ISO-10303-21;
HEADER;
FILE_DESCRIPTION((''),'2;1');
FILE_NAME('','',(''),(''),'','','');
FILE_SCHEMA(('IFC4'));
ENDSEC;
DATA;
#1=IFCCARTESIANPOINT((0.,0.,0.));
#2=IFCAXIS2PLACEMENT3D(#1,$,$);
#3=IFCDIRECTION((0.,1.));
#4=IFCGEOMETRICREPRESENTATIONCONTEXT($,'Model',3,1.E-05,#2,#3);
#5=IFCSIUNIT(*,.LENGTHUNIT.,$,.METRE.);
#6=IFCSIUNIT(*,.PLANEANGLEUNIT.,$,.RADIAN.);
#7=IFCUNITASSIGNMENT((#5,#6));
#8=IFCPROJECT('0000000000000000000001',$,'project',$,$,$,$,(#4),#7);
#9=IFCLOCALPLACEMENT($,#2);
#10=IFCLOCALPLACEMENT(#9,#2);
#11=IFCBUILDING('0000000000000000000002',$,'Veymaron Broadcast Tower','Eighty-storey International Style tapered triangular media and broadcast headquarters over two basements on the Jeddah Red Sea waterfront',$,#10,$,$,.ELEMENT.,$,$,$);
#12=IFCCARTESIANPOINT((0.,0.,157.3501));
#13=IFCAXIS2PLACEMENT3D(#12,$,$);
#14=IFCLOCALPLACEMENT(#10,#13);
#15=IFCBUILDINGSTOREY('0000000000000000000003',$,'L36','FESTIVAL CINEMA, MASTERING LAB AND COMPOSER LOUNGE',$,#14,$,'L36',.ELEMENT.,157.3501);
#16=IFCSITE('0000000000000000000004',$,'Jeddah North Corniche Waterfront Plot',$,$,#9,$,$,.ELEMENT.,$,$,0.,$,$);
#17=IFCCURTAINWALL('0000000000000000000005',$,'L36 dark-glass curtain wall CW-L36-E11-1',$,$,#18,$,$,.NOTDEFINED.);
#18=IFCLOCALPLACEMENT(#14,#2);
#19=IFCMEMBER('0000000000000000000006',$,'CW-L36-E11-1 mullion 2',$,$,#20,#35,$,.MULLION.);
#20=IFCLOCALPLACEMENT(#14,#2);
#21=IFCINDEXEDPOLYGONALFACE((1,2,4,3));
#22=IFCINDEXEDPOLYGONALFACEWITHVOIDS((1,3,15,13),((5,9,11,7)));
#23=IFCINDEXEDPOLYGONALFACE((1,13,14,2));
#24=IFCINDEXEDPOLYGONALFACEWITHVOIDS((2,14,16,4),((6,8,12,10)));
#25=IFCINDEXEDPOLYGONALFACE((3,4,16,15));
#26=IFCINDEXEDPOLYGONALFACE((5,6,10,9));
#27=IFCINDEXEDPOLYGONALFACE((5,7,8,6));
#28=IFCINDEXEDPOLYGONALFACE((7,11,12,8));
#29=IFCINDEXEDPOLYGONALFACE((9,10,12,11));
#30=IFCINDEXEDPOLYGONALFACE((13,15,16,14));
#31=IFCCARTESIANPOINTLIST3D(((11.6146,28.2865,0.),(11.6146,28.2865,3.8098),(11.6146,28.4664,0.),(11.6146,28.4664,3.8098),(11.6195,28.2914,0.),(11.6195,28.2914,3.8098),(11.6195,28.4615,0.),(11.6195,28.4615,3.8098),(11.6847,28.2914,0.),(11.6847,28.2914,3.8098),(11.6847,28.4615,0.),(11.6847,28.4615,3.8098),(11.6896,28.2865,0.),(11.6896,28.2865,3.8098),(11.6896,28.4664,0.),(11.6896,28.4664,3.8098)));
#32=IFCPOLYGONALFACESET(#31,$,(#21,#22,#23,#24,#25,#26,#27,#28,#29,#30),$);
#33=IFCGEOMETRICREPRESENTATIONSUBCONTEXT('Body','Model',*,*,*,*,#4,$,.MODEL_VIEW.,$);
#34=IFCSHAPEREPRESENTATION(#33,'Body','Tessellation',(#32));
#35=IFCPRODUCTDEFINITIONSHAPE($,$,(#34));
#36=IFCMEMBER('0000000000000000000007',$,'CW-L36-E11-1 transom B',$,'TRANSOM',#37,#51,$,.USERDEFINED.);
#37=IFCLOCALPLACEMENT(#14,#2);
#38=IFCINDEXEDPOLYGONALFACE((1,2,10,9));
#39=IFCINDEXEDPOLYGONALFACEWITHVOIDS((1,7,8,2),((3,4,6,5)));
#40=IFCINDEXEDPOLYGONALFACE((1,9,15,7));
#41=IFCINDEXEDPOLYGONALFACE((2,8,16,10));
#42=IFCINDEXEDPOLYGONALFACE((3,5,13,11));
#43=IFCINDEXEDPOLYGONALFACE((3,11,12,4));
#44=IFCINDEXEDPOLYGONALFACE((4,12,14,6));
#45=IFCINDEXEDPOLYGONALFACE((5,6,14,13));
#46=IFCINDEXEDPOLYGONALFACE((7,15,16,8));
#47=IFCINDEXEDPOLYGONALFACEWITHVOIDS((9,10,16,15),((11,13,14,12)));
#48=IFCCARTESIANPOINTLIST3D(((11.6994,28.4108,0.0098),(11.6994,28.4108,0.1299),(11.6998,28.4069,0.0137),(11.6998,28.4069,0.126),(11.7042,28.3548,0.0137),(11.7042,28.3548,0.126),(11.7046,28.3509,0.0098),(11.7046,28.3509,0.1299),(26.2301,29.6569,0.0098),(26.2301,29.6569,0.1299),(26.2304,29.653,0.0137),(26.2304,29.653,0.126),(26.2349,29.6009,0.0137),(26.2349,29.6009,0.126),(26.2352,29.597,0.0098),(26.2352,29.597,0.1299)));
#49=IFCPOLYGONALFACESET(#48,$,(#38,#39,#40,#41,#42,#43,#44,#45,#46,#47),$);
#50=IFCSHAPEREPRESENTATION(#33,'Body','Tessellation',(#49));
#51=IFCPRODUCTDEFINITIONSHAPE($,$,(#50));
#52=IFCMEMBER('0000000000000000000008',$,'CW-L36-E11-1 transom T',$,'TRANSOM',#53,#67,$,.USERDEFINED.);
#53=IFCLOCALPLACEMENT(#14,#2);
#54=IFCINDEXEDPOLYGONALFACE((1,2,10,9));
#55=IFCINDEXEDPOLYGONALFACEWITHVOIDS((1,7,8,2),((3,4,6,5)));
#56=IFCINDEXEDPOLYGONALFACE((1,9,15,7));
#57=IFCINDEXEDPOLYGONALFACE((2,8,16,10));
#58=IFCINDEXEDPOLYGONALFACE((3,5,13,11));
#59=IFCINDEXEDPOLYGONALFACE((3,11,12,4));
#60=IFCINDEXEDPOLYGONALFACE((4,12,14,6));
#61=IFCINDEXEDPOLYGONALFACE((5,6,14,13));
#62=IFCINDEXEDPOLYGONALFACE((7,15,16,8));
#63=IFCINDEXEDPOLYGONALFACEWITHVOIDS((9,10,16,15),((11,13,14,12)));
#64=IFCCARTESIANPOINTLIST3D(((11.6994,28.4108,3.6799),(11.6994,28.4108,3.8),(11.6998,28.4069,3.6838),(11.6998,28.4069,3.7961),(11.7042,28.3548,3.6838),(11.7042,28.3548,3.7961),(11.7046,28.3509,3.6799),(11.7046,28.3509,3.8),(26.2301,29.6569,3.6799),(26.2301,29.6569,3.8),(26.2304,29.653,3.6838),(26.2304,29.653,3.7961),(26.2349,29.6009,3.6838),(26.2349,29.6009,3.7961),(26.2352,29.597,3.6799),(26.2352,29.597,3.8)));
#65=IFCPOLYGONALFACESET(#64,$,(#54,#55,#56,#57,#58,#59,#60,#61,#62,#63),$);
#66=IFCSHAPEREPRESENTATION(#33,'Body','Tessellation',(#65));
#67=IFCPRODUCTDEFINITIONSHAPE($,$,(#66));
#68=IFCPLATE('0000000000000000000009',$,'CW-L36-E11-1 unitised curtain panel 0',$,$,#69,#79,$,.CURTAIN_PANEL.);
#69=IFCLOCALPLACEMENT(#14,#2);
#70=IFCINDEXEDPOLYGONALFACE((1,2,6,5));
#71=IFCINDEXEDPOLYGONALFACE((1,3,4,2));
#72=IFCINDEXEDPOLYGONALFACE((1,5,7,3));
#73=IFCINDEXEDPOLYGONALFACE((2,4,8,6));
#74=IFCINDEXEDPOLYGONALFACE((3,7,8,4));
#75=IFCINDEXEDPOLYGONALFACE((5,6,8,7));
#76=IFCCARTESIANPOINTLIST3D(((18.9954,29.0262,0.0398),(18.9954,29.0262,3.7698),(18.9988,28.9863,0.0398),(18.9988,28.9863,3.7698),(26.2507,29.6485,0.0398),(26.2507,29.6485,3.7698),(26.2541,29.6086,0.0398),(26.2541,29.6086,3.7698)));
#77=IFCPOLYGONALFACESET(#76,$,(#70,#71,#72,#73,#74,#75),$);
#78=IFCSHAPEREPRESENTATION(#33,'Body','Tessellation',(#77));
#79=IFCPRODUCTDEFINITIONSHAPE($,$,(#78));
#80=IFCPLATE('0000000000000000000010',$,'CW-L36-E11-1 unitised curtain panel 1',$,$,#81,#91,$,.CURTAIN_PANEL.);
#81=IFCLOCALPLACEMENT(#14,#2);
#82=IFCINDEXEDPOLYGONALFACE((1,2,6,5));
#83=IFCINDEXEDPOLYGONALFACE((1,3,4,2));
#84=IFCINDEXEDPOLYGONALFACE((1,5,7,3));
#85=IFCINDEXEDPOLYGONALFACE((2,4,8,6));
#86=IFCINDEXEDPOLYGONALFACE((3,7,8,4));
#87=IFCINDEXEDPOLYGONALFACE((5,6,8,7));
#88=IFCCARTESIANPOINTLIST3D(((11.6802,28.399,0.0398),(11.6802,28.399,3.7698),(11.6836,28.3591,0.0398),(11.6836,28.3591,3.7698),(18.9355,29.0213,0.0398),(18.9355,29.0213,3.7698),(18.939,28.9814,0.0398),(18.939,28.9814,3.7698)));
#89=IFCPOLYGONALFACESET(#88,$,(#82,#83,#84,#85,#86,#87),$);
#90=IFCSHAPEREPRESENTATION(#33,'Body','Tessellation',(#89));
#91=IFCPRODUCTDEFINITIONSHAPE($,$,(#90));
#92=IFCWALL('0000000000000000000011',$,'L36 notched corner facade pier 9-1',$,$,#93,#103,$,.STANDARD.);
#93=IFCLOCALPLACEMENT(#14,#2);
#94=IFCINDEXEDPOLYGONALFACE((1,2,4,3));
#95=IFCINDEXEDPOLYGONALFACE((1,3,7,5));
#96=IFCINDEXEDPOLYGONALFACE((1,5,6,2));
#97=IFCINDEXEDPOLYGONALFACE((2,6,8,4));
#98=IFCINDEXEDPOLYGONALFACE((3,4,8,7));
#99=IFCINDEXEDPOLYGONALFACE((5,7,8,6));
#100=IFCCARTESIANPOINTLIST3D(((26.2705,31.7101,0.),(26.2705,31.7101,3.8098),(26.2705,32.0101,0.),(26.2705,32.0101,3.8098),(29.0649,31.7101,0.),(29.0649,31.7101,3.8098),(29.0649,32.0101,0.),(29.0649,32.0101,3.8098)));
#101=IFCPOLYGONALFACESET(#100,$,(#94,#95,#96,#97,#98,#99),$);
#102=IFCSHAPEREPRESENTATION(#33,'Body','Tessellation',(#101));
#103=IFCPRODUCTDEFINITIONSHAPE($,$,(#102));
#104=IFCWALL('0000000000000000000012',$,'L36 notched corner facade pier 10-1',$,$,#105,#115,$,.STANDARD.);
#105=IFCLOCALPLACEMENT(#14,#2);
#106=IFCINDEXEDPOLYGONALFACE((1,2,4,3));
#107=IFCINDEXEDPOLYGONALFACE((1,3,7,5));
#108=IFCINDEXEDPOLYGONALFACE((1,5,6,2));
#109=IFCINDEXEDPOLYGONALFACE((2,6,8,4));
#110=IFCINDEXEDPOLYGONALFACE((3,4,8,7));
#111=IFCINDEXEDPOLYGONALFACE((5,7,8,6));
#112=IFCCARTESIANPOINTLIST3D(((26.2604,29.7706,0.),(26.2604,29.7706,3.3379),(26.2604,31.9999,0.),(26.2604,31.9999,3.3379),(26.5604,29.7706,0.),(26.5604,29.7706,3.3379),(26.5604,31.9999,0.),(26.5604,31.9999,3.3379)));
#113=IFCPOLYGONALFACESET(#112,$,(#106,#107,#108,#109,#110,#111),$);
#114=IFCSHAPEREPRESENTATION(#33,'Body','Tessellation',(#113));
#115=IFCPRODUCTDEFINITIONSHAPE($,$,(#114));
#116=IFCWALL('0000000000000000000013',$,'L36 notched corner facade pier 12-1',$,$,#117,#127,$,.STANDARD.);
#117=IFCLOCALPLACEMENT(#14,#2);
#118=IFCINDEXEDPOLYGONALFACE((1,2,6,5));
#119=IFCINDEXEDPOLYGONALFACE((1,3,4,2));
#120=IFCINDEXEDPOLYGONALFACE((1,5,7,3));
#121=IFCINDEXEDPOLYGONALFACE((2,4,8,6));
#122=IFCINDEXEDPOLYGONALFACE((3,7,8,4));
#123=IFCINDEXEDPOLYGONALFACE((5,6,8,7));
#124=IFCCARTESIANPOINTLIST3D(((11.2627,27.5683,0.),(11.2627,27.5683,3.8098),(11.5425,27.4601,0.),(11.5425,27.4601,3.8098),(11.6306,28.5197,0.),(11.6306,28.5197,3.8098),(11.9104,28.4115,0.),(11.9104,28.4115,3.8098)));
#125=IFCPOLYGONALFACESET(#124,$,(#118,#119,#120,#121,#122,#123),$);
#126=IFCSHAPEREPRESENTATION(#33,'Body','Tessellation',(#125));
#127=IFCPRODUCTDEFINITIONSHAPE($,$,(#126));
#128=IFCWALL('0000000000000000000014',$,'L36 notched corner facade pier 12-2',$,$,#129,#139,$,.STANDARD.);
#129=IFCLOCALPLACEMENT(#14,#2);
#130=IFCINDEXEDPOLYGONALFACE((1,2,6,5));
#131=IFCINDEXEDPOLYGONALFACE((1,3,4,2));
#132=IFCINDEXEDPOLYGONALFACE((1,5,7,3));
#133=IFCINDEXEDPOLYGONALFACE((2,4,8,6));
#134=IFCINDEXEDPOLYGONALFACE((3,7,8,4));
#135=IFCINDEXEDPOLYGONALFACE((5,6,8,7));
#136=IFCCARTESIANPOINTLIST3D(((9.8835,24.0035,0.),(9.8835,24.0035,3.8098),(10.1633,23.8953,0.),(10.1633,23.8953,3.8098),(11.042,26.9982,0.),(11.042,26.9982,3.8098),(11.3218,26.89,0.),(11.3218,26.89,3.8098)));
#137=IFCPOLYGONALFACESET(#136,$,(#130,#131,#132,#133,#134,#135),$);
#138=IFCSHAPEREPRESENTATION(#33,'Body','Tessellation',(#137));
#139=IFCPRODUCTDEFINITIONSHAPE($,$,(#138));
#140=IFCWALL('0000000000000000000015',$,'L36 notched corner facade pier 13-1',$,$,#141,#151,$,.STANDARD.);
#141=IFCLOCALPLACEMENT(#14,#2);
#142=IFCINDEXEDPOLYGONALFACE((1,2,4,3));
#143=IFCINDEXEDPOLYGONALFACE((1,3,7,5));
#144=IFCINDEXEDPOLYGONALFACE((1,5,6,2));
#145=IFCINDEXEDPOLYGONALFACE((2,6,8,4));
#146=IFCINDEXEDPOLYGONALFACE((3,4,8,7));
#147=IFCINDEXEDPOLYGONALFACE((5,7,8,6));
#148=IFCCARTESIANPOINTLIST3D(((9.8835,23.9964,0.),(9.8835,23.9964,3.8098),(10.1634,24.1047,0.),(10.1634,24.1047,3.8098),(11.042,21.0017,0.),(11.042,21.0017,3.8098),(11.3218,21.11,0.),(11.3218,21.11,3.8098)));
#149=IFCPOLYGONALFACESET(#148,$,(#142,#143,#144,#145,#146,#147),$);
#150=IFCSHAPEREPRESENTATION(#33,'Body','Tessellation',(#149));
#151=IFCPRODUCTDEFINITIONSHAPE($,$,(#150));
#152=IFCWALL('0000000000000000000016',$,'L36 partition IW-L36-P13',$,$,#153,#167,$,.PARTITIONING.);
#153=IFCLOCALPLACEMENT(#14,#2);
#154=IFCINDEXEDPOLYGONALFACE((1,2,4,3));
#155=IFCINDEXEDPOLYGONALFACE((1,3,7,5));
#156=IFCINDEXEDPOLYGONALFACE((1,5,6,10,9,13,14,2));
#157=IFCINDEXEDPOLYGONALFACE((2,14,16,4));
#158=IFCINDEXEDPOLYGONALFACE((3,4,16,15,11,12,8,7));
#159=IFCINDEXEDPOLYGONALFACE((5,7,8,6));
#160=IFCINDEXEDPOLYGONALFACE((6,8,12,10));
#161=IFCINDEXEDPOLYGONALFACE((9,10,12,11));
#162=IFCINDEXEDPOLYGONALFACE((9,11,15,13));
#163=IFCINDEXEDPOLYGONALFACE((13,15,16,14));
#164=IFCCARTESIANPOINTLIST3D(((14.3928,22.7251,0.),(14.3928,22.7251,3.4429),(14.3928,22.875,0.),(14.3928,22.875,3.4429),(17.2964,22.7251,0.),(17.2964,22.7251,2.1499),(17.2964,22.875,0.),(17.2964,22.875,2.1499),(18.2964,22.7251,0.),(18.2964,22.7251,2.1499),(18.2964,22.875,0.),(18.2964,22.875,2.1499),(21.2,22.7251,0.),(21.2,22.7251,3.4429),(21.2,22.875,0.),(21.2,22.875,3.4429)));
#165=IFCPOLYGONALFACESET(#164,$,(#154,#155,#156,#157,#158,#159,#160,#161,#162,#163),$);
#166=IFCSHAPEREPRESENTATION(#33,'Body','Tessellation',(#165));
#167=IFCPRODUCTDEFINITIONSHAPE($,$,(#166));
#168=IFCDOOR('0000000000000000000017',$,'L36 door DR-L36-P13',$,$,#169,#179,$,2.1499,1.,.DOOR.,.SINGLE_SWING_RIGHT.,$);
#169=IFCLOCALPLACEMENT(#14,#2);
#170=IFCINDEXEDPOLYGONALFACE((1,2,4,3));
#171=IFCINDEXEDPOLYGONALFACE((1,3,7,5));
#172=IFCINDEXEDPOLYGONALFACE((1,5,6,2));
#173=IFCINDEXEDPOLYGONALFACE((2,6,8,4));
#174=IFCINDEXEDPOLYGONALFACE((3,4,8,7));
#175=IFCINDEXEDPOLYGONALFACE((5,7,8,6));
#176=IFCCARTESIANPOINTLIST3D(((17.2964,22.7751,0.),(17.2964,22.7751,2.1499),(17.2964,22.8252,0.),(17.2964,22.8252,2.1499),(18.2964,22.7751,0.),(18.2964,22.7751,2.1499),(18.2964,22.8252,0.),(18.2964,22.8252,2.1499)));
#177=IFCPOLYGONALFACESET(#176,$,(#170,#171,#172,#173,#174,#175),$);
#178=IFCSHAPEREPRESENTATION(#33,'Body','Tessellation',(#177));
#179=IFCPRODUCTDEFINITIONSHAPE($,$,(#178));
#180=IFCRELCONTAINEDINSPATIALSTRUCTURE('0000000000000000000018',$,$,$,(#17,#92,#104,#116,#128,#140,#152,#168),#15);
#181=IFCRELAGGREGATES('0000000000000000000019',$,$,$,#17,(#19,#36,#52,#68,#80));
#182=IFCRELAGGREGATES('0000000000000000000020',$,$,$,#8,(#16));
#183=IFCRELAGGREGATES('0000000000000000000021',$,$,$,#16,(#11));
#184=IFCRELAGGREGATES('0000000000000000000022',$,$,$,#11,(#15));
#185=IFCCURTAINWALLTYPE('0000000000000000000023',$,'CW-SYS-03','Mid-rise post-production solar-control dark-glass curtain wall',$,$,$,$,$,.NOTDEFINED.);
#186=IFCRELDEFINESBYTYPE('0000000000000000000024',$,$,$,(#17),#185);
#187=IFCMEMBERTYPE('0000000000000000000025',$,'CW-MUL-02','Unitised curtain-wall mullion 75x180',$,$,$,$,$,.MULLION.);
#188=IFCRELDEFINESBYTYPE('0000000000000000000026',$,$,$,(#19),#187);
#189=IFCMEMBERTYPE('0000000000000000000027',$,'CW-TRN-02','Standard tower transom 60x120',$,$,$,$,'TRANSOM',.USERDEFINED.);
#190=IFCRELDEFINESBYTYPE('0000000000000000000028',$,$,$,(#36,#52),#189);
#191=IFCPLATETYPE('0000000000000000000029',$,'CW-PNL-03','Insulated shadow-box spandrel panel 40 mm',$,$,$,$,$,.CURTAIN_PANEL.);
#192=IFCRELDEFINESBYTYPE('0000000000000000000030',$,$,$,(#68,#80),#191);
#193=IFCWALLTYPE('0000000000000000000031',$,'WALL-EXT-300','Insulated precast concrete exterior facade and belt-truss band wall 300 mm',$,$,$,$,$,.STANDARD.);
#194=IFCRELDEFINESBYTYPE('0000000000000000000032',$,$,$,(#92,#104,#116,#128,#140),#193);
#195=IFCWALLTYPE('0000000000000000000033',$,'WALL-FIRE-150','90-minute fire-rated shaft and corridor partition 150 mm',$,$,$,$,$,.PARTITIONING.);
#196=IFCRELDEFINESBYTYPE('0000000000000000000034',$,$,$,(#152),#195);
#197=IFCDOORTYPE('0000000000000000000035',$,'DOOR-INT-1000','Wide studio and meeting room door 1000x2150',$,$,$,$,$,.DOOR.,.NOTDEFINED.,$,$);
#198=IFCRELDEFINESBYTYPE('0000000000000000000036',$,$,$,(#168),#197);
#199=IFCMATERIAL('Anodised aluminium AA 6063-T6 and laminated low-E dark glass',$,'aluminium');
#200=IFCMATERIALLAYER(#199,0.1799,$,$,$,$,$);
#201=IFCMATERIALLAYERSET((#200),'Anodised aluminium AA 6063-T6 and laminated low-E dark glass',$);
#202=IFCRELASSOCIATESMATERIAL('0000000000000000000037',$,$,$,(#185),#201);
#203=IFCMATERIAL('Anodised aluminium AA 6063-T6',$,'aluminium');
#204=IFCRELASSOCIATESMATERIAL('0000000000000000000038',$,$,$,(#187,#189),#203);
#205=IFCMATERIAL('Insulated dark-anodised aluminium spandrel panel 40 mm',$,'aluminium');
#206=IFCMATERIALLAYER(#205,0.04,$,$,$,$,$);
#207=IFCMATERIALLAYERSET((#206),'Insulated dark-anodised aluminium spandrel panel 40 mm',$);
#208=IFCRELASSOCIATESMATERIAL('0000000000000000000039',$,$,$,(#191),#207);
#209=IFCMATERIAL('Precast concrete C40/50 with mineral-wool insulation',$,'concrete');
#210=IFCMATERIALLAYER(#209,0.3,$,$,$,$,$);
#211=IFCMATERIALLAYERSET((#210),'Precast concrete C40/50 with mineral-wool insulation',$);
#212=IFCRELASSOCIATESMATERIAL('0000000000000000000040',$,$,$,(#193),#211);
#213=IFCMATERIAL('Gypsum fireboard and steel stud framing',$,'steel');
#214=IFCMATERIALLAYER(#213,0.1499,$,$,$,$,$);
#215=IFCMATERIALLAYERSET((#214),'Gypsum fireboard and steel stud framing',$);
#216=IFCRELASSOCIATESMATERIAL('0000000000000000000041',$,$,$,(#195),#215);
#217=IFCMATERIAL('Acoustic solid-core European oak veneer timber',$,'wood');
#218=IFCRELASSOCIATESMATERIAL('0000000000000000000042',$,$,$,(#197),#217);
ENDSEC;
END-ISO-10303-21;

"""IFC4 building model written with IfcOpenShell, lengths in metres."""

from ifc_helpers import new_model, si_unit, direction, frame, frame_2d, origin, origin_2d, place, context, subcontext, project, spatial, rectangle, hollow_rectangle, extrude, material, layer, layer_set, material_profile, profile_set, type_object, element, fill, aggregate, save


model = new_model("IFC4")

# Units and contexts
model_context = context("Model", 3, precision=1e-05, world=origin(), true_north=direction((0.0, 1.0)))
body_context = subcontext(model_context, "Body", "Model", "MODEL_VIEW")
ifc_project = project(units=[si_unit("LENGTHUNIT", "METRE"), si_unit("PLANEANGLEUNIT", "RADIAN")], contexts=[model_context])

# Site, building, storey
site_placement = place(None, origin())
site = spatial("IfcSite", under=ifc_project, at=site_placement, Name="Jeddah North Corniche Waterfront Plot", CompositionType="ELEMENT", RefElevation=0.0)
building_placement = place(site_placement, origin())
building = spatial("IfcBuilding", under=site, at=building_placement, Name="Veymaron Broadcast Tower", Description="Eighty-storey International Style tapered triangular media and broadcast headquarters over two basements on the Jeddah Red Sea waterfront", CompositionType="ELEMENT")
storey_placement = place(building_placement, frame((0.0, 0.0, 157.3501)))
storey = spatial("IfcBuildingStorey", under=building, at=storey_placement, Name="L36", Description="FESTIVAL CINEMA, MASTERING LAB AND COMPOSER LOUNGE", LongName="L36", CompositionType="ELEMENT", Elevation=157.3501)

# Curtain wall, members, plates
ifc_material_1 = material(Name="Anodised aluminium AA 6063-T6 and laminated low-E dark glass", Category="aluminium")
ifc_layer_1 = layer(ifc_material_1, 0.1799)
ifc_layer_set_1 = layer_set([ifc_layer_1], Name="Anodised aluminium AA 6063-T6 and laminated low-E dark glass")
curtain_wall_type = type_object("IfcCurtainWallType", Name="CW-SYS-03", Description="Mid-rise post-production solar-control dark-glass curtain wall", PredefinedType="NOTDEFINED", material=ifc_layer_set_1)
curtain_wall_placement = place(storey_placement, origin())
curtain_wall = element("IfcCurtainWall", 1, at=curtain_wall_placement, inside=storey, type_object=curtain_wall_type, Name="L36 dark-glass curtain wall CW-L36-E11-1", PredefinedType="NOTDEFINED")
ifc_material_2 = material(Name="Anodised aluminium AA 6063-T6", Category="aluminium")
ifc_material_profile_1 = material_profile(ifc_material_2, hollow_rectangle(XDim=0.075, YDim=0.1799, WallThickness=0.0049, at=origin_2d()), Name="AL180X75X5")
ifc_profile_set_1 = profile_set([ifc_material_profile_1], Name="Anodised aluminium AA 6063-T6")
member_type_1 = type_object("IfcMemberType", Name="CW-MUL-02", Description="Unitised curtain-wall mullion 75x180", PredefinedType="MULLION", material=ifc_profile_set_1)
member_1_placement = place(storey_placement, frame((11.6521, 28.3765, 0.0), z_axis=(0.0, 0.0, 1.0), x_axis=(1.0, 0.0, 0.0)))
member_1 = element("IfcMember", 2, at=member_1_placement, type_object=member_type_1, Name="CW-L36-E11-1 mullion 2", PredefinedType="MULLION", context=body_context, shape_type="SweptSolid", body=[
    extrude(hollow_rectangle(XDim=0.075, YDim=0.1799, WallThickness=0.0049, at=origin_2d()), origin(), (0.0, 0.0, 1.0), 3.8098),
])
ifc_material_profile_2 = material_profile(ifc_material_2, hollow_rectangle(XDim=0.0601, YDim=0.1201, WallThickness=0.0039, at=origin_2d()), Name="AL120X60X4")
ifc_profile_set_2 = profile_set([ifc_material_profile_2], Name="Anodised aluminium AA 6063-T6")
member_type_2 = type_object("IfcMemberType", Name="CW-TRN-02", Description="Standard tower transom 60x120", ElementType="TRANSOM", PredefinedType="USERDEFINED", material=ifc_profile_set_2)
member_2_placement = place(storey_placement, frame((26.2327, 29.627, 0.0698), z_axis=(-0.996343, -0.085442, 0.0), x_axis=(0.085442, -0.996343, 0.0)))
member_2 = element("IfcMember", 3, at=member_2_placement, type_object=member_type_2, Name="CW-L36-E11-1 transom B", ObjectType="TRANSOM", PredefinedType="USERDEFINED", context=body_context, shape_type="SweptSolid", body=[
    extrude(hollow_rectangle(XDim=0.0601, YDim=0.1201, WallThickness=0.0039, at=origin_2d()), origin(), (0.0, 0.0, 1.0), 14.584),
])
member_3_placement = place(storey_placement, frame((26.2327, 29.627, 3.74), z_axis=(-0.996343, -0.085442, 0.0), x_axis=(0.085442, -0.996343, 0.0)))
member_3 = element("IfcMember", 4, at=member_3_placement, type_object=member_type_2, Name="CW-L36-E11-1 transom T", ObjectType="TRANSOM", PredefinedType="USERDEFINED", context=body_context, shape_type="SweptSolid", body=[
    extrude(hollow_rectangle(XDim=0.0601, YDim=0.1201, WallThickness=0.0039, at=origin_2d()), origin(), (0.0, 0.0, 1.0), 14.584),
])
ifc_material_3 = material(Name="Insulated dark-anodised aluminium spandrel panel 40 mm", Category="aluminium")
ifc_layer_2 = layer(ifc_material_3, 0.04)
ifc_layer_set_2 = layer_set([ifc_layer_2], Name="Insulated dark-anodised aluminium spandrel panel 40 mm")
plate_type = type_object("IfcPlateType", Name="CW-PNL-03", Description="Insulated shadow-box spandrel panel 40 mm", PredefinedType="CURTAIN_PANEL", material=ifc_layer_set_2)
plate_1_placement = place(storey_placement, frame((22.6248, 29.3174, 0.0398), z_axis=(0.0, 0.0, 1.0), x_axis=(-0.996342, -0.085452, 0.0)))
plate_1 = element("IfcPlate", 5, at=plate_1_placement, type_object=plate_type, Name="CW-L36-E11-1 unitised curtain panel 0", PredefinedType="CURTAIN_PANEL", context=body_context, shape_type="SweptSolid", body=[
    extrude(rectangle(XDim=7.282, YDim=0.04, at=origin_2d()), origin(), (0.0, 0.0, 1.0), 3.73),
])
plate_2_placement = place(storey_placement, frame((15.3096, 28.6902, 0.0398), z_axis=(0.0, 0.0, 1.0), x_axis=(-0.996342, -0.085452, 0.0)))
plate_2 = element("IfcPlate", 6, at=plate_2_placement, type_object=plate_type, Name="CW-L36-E11-1 unitised curtain panel 1", PredefinedType="CURTAIN_PANEL", context=body_context, shape_type="SweptSolid", body=[
    extrude(rectangle(XDim=7.282, YDim=0.04, at=origin_2d()), origin(), (0.0, 0.0, 1.0), 3.73),
])
aggregate(curtain_wall, [member_1, member_2, member_3, plate_1, plate_2])

# Walls
ifc_material_4 = material(Name="Precast concrete C40/50 with mineral-wool insulation", Category="concrete")
ifc_layer_3 = layer(ifc_material_4, 0.3)
ifc_layer_set_3 = layer_set([ifc_layer_3], Name="Precast concrete C40/50 with mineral-wool insulation")
wall_type_1 = type_object("IfcWallType", Name="WALL-EXT-300", Description="Insulated precast concrete exterior facade and belt-truss band wall 300 mm", PredefinedType="STANDARD", material=ifc_layer_set_3)
wall_1_placement = place(storey_placement, frame((29.0649, 31.8601, 0.0), z_axis=(0.0, 0.0, 1.0), x_axis=(-1.0, 0.0, 0.0)))
element("IfcWall", 7, at=wall_1_placement, inside=storey, type_object=wall_type_1, Name="L36 notched corner facade pier 9-1", PredefinedType="STANDARD", context=body_context, shape_type="SweptSolid", body=[
    extrude(rectangle(XDim=2.7944, YDim=0.3, at=frame_2d((1.3972, 0.0))), origin(), (0.0, 0.0, 1.0), 3.8098),
])
wall_2_placement = place(storey_placement, frame((26.4104, 32.0, 0.0), z_axis=(0.0, 0.0, 1.0), x_axis=(0.0, -1.0, 0.0)))
element("IfcWall", 8, at=wall_2_placement, inside=storey, type_object=wall_type_1, Name="L36 notched corner facade pier 10-1", PredefinedType="STANDARD", context=body_context, shape_type="SweptSolid", body=[
    extrude(rectangle(XDim=2.2292, YDim=0.3, at=frame_2d((1.1147, 0.0))), origin(), (0.0, 0.0, 1.0), 3.3379),
])
wall_3_placement = place(storey_placement, frame((11.7705, 28.4656, 0.0), z_axis=(0.0, 0.0, 1.0), x_axis=(-0.360679, -0.93269, 0.0)))
element("IfcWall", 9, at=wall_3_placement, inside=storey, type_object=wall_type_1, Name="L36 notched corner facade pier 12-1", PredefinedType="STANDARD", context=body_context, shape_type="SweptSolid", body=[
    extrude(rectangle(XDim=1.02, YDim=0.3, at=frame_2d((0.51, 0.0))), origin(), (0.0, 0.0, 1.0), 3.8098),
])
for number, where, z_axis, x_axis, name in (
    (10, (11.1819, 26.9441, 0.0), (0.0, 0.0, 1.0), (-0.360787, -0.932648, 0.0), "L36 notched corner facade pier 12-2"),
    (11, (10.0234, 24.0505, 0.0), (0.0, 0.0, 1.0), (0.360787, -0.932648, 0.0), "L36 notched corner facade pier 13-1"),
):
    element("IfcWall", number, at=place(storey_placement, frame(where, z_axis=z_axis, x_axis=x_axis)), inside=storey, type_object=wall_type_1, Name=name, PredefinedType="STANDARD", context=body_context, shape_type="SweptSolid", body=[
        extrude(rectangle(XDim=3.2109, YDim=0.3, at=frame_2d((1.6055, 0.0))), origin(), (0.0, 0.0, 1.0), 3.8098),
    ])

# Wall, opening, door
ifc_material_5 = material(Name="Gypsum fireboard and steel stud framing", Category="steel")
ifc_layer_4 = layer(ifc_material_5, 0.1499)
ifc_layer_set_4 = layer_set([ifc_layer_4], Name="Gypsum fireboard and steel stud framing")
wall_type_2 = type_object("IfcWallType", Name="WALL-FIRE-150", Description="90-minute fire-rated shaft and corridor partition 150 mm", PredefinedType="PARTITIONING", material=ifc_layer_set_4)
wall_4_placement = place(storey_placement, frame((14.3928, 22.8, 0.0), z_axis=(0.0, 0.0, 1.0), x_axis=(1.0, 0.0, 0.0)))
wall_4 = element("IfcWall", 12, at=wall_4_placement, inside=storey, type_object=wall_type_2, Name="L36 partition IW-L36-P13", PredefinedType="PARTITIONING", context=body_context, shape_type="SweptSolid", body=[
    extrude(rectangle(XDim=6.8071, YDim=0.1499, at=frame_2d((3.4036, 0.0))), origin(), (0.0, 0.0, 1.0), 3.4429),
])
opening_1_placement = place(wall_4_placement, frame((2.9036, 0.0, 0.0)))
opening_1 = element("IfcOpeningElement", 13, at=opening_1_placement, cuts=wall_4, PredefinedType="OPENING", context=body_context, shape_type="SweptSolid", body=[
    extrude(rectangle(XDim=1.0, YDim=2.1499, at=frame_2d((0.5, 1.075))), frame((0.0, 0.085, 0.0), z_axis=(0.0, -1.0, 0.0), x_axis=(1.0, 0.0, 0.0)), (0.0, 0.0, 1.0), 0.1699),
])
ifc_material_6 = material(Name="Acoustic solid-core European oak veneer timber", Category="wood")
door_type = type_object("IfcDoorType", Name="DOOR-INT-1000", Description="Wide studio and meeting room door 1000x2150", OperationType="NOTDEFINED", PredefinedType="DOOR", material=ifc_material_6)
door_1_placement = place(opening_1_placement, frame((1.0, 0.0, 0.0), z_axis=(0.0, 0.0, 1.0), x_axis=(-1.0, 0.0, 0.0)))
door_1 = element("IfcDoor", 14, at=door_1_placement, inside=storey, type_object=door_type, Name="L36 door DR-L36-P13", OperationType="SINGLE_SWING_RIGHT", OverallHeight=2.1499, OverallWidth=1.0, PredefinedType="DOOR", context=body_context, shape_type="SweptSolid", body=[
    extrude(rectangle(XDim=1.0, YDim=2.1499, at=frame_2d((0.5, 1.075))), frame((0.0, 0.0249, 0.0), z_axis=(0.0, -1.0, 0.0), x_axis=(1.0, 0.0, 0.0)), (0.0, 0.0, 1.0), 0.05),
])
fill(opening_1, door_1)

save(model, "model.ifc")
